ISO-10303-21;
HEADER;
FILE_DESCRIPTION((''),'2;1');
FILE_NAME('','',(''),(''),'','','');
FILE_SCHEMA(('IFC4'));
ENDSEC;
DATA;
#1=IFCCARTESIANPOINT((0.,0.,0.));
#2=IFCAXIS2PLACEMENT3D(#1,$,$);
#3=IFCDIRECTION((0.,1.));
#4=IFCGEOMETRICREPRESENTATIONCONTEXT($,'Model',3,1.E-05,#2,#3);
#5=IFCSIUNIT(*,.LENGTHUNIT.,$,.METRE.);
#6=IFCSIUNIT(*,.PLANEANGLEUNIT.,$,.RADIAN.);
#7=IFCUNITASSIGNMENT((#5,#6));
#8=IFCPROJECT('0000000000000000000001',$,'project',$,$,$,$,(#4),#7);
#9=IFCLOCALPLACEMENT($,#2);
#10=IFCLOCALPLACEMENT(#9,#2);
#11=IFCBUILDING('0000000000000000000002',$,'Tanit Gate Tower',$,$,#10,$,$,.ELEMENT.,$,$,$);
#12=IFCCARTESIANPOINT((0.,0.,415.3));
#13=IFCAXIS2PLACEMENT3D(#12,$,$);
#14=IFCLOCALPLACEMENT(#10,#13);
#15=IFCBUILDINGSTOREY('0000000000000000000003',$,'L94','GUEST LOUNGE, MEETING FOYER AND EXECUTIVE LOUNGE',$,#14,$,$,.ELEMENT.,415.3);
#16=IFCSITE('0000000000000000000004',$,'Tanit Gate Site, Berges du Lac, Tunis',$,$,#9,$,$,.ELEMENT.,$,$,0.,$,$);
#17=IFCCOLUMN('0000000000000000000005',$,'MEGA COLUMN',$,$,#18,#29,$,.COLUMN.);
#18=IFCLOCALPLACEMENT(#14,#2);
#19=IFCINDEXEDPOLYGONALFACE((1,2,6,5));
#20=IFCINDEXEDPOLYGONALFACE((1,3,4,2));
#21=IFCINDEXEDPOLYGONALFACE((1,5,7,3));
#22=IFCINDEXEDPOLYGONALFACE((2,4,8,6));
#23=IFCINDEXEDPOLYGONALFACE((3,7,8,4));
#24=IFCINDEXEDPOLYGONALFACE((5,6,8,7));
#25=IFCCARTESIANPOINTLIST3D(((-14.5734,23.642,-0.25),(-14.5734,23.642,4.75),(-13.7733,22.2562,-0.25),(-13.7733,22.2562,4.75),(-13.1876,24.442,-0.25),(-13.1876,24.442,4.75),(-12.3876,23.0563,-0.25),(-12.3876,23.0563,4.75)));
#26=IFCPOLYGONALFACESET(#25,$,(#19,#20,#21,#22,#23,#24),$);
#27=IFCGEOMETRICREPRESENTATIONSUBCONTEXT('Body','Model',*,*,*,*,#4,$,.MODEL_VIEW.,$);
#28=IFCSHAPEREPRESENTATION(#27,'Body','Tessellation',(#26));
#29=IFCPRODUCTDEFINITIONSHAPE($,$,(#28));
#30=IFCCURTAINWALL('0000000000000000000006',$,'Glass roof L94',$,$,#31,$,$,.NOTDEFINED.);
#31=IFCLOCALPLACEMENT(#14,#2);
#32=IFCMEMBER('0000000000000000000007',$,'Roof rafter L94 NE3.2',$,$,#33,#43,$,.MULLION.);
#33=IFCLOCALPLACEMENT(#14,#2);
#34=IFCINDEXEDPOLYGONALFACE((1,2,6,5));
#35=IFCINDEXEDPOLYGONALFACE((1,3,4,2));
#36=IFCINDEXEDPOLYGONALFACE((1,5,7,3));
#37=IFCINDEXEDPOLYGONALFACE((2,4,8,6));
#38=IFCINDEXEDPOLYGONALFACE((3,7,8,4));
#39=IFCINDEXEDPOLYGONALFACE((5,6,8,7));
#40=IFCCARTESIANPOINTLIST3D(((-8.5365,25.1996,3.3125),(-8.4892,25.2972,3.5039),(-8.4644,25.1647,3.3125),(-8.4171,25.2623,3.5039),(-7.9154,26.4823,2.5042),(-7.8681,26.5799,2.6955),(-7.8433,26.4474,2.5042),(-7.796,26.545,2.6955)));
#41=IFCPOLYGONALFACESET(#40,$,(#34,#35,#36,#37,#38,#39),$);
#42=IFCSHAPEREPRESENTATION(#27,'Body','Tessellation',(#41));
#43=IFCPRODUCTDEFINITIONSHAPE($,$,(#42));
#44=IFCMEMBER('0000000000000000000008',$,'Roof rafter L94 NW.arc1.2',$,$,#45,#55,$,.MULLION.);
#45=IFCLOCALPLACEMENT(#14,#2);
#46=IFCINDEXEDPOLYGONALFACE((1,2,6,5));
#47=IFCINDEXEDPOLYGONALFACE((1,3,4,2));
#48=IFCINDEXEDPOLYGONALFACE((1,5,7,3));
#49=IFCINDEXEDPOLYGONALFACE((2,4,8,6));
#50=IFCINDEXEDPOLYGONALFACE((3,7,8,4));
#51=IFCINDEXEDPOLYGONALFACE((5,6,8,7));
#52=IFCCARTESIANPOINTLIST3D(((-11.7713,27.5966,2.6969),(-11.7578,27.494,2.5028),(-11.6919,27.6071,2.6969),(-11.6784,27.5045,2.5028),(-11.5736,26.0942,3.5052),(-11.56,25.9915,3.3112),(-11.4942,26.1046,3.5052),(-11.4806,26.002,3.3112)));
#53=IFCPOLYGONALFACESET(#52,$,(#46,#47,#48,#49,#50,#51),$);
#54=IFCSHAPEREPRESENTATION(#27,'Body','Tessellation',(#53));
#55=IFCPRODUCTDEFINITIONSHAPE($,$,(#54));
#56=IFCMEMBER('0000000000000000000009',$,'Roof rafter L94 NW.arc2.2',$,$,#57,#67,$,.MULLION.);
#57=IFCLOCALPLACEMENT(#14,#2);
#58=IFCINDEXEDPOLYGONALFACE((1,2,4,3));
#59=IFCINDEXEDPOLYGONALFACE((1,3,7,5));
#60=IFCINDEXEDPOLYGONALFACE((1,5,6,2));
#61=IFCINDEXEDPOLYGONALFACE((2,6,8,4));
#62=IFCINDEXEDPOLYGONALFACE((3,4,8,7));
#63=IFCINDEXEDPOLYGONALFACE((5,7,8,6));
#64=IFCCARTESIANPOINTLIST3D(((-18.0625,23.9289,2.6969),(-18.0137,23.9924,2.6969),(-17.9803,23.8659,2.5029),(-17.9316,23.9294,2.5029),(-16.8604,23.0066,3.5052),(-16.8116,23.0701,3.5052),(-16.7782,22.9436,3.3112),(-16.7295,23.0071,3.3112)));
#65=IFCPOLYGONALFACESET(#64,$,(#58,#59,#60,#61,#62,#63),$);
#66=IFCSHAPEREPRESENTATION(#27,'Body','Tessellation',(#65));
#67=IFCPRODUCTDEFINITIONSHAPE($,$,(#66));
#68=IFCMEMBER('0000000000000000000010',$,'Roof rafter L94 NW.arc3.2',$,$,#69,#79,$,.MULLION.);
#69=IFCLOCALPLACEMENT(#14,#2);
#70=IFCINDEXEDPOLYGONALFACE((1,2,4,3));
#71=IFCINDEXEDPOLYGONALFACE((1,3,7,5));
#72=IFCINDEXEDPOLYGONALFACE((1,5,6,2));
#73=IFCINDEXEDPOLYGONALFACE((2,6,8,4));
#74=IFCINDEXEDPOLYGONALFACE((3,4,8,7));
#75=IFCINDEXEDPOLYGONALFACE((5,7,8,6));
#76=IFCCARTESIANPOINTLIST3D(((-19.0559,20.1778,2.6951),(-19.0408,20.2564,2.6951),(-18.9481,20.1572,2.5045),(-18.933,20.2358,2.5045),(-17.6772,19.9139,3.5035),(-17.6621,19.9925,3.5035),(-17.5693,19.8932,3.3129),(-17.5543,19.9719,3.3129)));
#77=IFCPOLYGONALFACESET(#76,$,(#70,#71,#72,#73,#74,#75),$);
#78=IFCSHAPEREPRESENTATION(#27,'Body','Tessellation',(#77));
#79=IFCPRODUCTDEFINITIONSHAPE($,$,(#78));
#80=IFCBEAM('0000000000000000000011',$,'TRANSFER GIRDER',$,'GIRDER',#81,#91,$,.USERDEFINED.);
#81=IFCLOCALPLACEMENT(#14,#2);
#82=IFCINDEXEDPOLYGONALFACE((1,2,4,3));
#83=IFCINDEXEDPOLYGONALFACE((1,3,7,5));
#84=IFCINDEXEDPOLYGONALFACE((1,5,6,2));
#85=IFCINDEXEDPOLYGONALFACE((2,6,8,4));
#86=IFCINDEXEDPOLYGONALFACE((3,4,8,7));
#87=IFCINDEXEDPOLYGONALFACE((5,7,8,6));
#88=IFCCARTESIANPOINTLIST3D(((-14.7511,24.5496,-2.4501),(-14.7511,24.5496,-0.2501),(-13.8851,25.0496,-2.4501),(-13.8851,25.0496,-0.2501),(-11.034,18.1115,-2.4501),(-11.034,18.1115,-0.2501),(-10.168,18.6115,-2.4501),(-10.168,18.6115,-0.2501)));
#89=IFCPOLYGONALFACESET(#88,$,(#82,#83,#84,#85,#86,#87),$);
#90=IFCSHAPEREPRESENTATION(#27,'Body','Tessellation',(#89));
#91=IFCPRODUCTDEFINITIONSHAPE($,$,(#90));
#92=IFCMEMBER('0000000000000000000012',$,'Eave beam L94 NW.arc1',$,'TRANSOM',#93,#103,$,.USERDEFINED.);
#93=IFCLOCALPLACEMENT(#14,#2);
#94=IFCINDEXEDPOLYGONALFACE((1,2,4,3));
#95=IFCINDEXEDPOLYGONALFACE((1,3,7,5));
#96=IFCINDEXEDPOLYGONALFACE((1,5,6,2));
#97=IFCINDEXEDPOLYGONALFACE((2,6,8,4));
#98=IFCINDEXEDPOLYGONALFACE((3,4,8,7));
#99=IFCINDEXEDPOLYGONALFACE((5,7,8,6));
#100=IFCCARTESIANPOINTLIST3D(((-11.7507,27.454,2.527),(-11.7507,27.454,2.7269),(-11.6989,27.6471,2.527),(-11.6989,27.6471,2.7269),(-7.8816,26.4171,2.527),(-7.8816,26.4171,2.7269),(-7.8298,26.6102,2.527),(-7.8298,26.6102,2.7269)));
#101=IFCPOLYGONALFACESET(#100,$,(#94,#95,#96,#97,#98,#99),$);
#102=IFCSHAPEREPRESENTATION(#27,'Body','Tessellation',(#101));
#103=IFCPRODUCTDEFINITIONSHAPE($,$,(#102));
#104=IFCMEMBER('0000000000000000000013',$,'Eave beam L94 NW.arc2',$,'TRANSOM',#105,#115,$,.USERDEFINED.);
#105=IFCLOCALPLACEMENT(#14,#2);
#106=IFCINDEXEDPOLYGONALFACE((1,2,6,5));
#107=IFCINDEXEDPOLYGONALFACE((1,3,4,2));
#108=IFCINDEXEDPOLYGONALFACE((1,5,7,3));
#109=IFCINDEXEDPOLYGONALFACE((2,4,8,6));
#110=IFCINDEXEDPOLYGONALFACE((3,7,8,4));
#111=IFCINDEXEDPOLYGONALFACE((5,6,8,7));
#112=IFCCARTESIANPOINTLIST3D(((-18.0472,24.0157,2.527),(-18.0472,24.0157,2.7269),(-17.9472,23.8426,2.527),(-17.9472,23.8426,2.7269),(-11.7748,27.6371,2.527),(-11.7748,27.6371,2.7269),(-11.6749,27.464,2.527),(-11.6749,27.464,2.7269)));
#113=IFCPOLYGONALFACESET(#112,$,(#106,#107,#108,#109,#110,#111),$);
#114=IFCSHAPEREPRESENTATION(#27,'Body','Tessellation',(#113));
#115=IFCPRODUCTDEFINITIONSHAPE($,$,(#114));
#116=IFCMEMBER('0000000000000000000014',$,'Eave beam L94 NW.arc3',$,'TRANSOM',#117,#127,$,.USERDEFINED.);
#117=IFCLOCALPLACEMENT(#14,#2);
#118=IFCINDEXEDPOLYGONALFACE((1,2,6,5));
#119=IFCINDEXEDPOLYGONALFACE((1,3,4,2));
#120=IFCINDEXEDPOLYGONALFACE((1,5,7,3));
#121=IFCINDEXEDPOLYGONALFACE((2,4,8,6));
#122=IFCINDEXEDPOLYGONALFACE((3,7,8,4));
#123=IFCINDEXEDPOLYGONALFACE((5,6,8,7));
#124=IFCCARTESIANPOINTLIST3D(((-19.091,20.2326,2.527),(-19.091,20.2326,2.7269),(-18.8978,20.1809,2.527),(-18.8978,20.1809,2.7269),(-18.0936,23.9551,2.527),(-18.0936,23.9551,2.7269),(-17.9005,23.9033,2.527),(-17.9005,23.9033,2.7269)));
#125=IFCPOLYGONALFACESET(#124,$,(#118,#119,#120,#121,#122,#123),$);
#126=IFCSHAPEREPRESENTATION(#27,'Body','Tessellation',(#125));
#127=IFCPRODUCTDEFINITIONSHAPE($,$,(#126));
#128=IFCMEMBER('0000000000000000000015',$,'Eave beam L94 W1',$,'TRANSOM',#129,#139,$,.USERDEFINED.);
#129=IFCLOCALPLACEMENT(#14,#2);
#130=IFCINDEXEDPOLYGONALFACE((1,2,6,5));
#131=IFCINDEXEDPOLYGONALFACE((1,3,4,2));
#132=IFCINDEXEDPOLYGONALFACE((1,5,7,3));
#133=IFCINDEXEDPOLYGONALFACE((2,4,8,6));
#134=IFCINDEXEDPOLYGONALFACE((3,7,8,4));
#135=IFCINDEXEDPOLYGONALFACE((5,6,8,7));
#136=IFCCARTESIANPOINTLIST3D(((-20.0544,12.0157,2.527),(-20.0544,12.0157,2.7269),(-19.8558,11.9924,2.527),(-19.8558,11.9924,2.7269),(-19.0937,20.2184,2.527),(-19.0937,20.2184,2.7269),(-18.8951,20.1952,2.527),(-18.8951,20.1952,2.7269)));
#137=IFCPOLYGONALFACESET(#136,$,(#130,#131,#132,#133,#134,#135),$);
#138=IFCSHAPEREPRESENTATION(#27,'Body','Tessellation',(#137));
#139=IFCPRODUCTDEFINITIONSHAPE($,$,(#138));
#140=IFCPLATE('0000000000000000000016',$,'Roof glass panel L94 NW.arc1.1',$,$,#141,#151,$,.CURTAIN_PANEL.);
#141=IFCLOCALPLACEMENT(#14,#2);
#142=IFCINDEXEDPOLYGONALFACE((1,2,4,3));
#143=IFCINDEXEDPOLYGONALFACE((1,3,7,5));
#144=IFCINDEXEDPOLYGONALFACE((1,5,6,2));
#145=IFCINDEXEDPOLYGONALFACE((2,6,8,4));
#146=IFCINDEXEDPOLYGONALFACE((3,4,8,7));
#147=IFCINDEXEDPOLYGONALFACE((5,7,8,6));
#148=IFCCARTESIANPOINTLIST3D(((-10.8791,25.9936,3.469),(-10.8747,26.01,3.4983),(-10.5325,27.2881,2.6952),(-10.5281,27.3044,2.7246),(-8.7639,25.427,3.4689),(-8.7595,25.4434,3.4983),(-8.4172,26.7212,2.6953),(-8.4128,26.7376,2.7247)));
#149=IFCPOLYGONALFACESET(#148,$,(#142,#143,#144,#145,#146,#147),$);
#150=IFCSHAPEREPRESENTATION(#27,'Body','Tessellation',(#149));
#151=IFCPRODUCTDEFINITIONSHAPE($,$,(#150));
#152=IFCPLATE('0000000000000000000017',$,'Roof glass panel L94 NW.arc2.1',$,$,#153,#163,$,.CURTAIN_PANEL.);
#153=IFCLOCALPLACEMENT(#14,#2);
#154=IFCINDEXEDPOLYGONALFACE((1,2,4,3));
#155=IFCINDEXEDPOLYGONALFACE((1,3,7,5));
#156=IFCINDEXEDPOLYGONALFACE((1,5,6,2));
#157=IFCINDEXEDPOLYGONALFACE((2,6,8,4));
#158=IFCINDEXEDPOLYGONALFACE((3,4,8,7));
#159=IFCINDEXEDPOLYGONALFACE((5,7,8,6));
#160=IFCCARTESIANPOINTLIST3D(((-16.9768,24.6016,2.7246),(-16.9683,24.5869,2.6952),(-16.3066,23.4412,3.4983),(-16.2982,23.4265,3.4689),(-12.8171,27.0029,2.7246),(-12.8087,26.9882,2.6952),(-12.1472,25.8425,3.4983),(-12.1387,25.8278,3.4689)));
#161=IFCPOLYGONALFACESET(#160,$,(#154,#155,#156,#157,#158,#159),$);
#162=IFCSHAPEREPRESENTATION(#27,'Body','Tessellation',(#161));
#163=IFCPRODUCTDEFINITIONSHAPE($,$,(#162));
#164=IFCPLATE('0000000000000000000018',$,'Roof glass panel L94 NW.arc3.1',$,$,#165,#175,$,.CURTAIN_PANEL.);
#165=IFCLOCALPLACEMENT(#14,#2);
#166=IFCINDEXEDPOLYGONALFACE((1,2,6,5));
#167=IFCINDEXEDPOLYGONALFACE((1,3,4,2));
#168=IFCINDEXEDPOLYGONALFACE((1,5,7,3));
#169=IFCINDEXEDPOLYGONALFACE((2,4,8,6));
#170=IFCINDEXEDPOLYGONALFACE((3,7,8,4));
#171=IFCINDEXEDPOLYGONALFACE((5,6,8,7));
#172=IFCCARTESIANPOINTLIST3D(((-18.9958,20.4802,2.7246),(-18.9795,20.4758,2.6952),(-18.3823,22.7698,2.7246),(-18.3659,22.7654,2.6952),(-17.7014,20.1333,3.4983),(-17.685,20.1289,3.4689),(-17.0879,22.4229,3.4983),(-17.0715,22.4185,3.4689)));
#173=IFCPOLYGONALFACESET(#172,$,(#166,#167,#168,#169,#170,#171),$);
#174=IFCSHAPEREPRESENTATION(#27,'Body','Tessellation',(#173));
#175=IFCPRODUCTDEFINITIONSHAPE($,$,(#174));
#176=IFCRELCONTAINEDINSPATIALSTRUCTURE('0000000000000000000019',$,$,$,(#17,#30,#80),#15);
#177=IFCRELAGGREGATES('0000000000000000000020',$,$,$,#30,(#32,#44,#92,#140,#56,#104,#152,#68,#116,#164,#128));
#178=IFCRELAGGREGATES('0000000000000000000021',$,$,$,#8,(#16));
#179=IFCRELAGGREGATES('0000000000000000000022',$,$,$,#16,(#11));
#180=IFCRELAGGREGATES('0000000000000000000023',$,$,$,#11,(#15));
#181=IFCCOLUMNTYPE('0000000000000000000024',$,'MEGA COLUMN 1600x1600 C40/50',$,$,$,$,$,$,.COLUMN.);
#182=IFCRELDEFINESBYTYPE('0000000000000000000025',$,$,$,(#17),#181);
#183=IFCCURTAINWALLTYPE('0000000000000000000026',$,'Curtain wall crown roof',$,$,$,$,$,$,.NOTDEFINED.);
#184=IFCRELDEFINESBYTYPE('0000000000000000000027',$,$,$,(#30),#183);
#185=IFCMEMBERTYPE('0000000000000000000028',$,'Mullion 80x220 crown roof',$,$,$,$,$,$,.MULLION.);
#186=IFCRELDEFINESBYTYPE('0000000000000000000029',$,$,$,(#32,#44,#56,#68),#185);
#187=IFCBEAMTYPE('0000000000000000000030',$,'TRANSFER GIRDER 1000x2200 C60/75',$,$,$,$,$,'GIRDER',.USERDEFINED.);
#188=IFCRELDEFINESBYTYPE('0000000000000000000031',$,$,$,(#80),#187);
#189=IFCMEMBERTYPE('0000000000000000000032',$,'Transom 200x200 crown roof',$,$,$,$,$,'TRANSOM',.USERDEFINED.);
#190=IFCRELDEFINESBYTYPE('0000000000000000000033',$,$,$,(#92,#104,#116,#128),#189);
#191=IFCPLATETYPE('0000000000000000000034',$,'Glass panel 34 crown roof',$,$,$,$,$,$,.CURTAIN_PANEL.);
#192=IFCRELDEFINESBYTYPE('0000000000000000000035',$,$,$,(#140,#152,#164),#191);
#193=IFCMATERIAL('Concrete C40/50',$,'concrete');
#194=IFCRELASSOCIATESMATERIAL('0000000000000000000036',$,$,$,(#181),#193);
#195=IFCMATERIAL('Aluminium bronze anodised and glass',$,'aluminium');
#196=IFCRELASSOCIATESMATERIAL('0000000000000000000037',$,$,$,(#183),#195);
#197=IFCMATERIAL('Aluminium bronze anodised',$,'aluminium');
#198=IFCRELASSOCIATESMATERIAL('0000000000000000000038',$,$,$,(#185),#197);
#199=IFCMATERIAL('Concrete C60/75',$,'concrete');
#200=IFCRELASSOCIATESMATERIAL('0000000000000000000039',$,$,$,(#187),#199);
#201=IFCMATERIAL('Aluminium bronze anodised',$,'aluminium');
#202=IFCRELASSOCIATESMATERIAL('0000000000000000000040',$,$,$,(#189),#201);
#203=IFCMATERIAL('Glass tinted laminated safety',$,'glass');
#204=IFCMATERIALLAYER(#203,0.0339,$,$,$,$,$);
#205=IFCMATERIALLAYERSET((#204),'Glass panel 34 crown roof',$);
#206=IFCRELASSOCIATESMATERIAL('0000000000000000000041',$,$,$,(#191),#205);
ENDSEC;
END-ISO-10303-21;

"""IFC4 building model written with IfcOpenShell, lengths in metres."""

from ifc_helpers import new_model, si_unit, direction, frame, origin, origin_2d, place, context, subcontext, project, spatial, polyline, rectangle, outline, extrude, material, layer, layer_set, material_profile, profile_set, type_object, element, aggregate, save


model = new_model("IFC4")

# Units and contexts
model_context = context("Model", 3, precision=1e-05, world=origin(), true_north=direction((0.0, 1.0)))
body_context = subcontext(model_context, "Body", "Model", "MODEL_VIEW")
ifc_project = project(units=[si_unit("LENGTHUNIT", "METRE"), si_unit("PLANEANGLEUNIT", "RADIAN")], contexts=[model_context])

# Site, building, storey
site_placement = place(None, origin())
site = spatial("IfcSite", under=ifc_project, at=site_placement, Name="Tanit Gate Site, Berges du Lac, Tunis", CompositionType="ELEMENT", RefElevation=0.0)
building_placement = place(site_placement, origin())
building = spatial("IfcBuilding", under=site, at=building_placement, Name="Tanit Gate Tower", CompositionType="ELEMENT")
storey_placement = place(building_placement, frame((0.0, 0.0, 415.3)))
storey = spatial("IfcBuildingStorey", under=building, at=storey_placement, Name="L94", Description="GUEST LOUNGE, MEETING FOYER AND EXECUTIVE LOUNGE", CompositionType="ELEMENT", Elevation=415.3)

# Column
ifc_material_1 = material(Name="Concrete C40/50", Category="concrete")
ifc_material_profile_1 = material_profile(ifc_material_1, rectangle(XDim=1.6001, YDim=1.6001, at=origin_2d()), Name="RC 1600x1600")
ifc_profile_set_1 = profile_set([ifc_material_profile_1], Name="Concrete C40/50")
column_type = type_object("IfcColumnType", Name="MEGA COLUMN 1600x1600 C40/50", PredefinedType="COLUMN", material=ifc_profile_set_1)
column_placement = place(storey_placement, frame((-13.4805, 23.3491, -0.25), z_axis=(0.0, 0.0, 1.0), x_axis=(-0.5, 0.866025, 0.0)))
element("IfcColumn", 1, at=column_placement, inside=storey, type_object=column_type, Name="MEGA COLUMN", PredefinedType="COLUMN", context=body_context, shape_type="SweptSolid", body=[
    extrude(rectangle(XDim=1.6001, YDim=1.6001, at=origin_2d()), origin(), (0.0, 0.0, 1.0), 5.0),
])

# Curtain wall, members
ifc_material_2 = material(Name="Aluminium bronze anodised and glass", Category="aluminium")
curtain_wall_type = type_object("IfcCurtainWallType", Name="Curtain wall crown roof", PredefinedType="NOTDEFINED", material=ifc_material_2)
curtain_wall_placement = place(storey_placement, origin())
curtain_wall = element("IfcCurtainWall", 2, at=curtain_wall_placement, inside=storey, type_object=curtain_wall_type, Name="Glass roof L94", PredefinedType="NOTDEFINED")
ifc_material_3 = material(Name="Aluminium bronze anodised", Category="aluminium")
ifc_material_profile_2 = material_profile(ifc_material_3, rectangle(XDim=0.0801, YDim=0.22, at=origin_2d()), Name="80x220 bronze rafter")
ifc_profile_set_2 = profile_set([ifc_material_profile_2], Name="Aluminium bronze anodised")
member_type_1 = type_object("IfcMemberType", Name="Mullion 80x220 crown roof", PredefinedType="MULLION", material=ifc_profile_set_2)
member_1_placement = place(storey_placement, frame((-8.4768, 25.231, 3.4082), z_axis=(0.379072, 0.782879, -0.49336), x_axis=(-0.900042, 0.435803, 0.0)))
member_1 = element("IfcMember", 3, at=member_1_placement, type_object=member_type_1, Name="Roof rafter L94 NE3.2", PredefinedType="MULLION", context=body_context, shape_type="SweptSolid", body=[
    extrude(rectangle(XDim=0.0801, YDim=0.22, at=origin_2d()), origin(), (0.0, 0.0, 1.0), 1.6384),
])
member_2_placement = place(storey_placement, frame((-11.5271, 26.0481, 3.4082), z_axis=(-0.115139, 0.874775, -0.47065), x_axis=(-0.991449, -0.130496, 0.0)))
member_2 = element("IfcMember", 4, at=member_2_placement, type_object=member_type_1, Name="Roof rafter L94 NW.arc1.2", PredefinedType="MULLION", context=body_context, shape_type="SweptSolid", body=[
    extrude(rectangle(XDim=0.0801, YDim=0.22, at=origin_2d()), origin(), (0.0, 0.0, 1.0), 1.7175),
])
member_3_placement = place(storey_placement, frame((-16.7949, 23.0068, 3.4082), z_axis=(-0.699996, 0.53708, -0.470692), x_axis=(-0.608729, -0.793378, 0.0)))
member_3 = element("IfcMember", 5, at=member_3_placement, type_object=member_type_1, Name="Roof rafter L94 NW.arc2.2", PredefinedType="MULLION", context=body_context, shape_type="SweptSolid", body=[
    extrude(rectangle(XDim=0.0801, YDim=0.22, at=origin_2d()), origin(), (0.0, 0.0, 1.0), 1.7173),
])
member_4_placement = place(storey_placement, frame((-17.6157, 19.9429, 3.4082), z_axis=(-0.851125, 0.16293, -0.499039), x_axis=(-0.188015, -0.982166, 0.0)))
member_4 = element("IfcMember", 6, at=member_4_placement, type_object=member_type_1, Name="Roof rafter L94 NW.arc3.2", PredefinedType="MULLION", context=body_context, shape_type="SweptSolid", body=[
    extrude(rectangle(XDim=0.0801, YDim=0.22, at=origin_2d()), origin(), (0.0, 0.0, 1.0), 1.6199),
])

# Beam
ifc_material_4 = material(Name="Concrete C60/75", Category="concrete")
ifc_material_profile_3 = material_profile(ifc_material_4, rectangle(XDim=1.0, YDim=2.2, at=origin_2d()), Name="RC 1000x2200")
ifc_profile_set_3 = profile_set([ifc_material_profile_3], Name="Concrete C60/75")
beam_type = type_object("IfcBeamType", Name="TRANSFER GIRDER 1000x2200 C60/75", ElementType="GIRDER", PredefinedType="USERDEFINED", material=ifc_profile_set_3)
beam_placement = place(storey_placement, frame((-14.3181, 24.7996, -1.3501), z_axis=(0.500007, -0.866022, 0.0), x_axis=(0.866022, 0.500007, 0.0)))
element("IfcBeam", 7, at=beam_placement, inside=storey, type_object=beam_type, Name="TRANSFER GIRDER", ObjectType="GIRDER", PredefinedType="USERDEFINED", context=body_context, shape_type="SweptSolid", body=[
    extrude(rectangle(XDim=1.0, YDim=2.2, at=origin_2d()), origin(), (0.0, 0.0, 1.0), 7.4341),
])

# Members
ifc_material_5 = material(Name="Aluminium bronze anodised", Category="aluminium")
ifc_material_profile_4 = material_profile(ifc_material_5, rectangle(XDim=0.2, YDim=0.2, at=origin_2d()), Name="200x200 bronze transom")
ifc_profile_set_4 = profile_set([ifc_material_profile_4], Name="Aluminium bronze anodised")
member_type_2 = type_object("IfcMemberType", Name="Transom 200x200 crown roof", ElementType="TRANSOM", PredefinedType="USERDEFINED", material=ifc_profile_set_4)
member_5_placement = place(storey_placement, frame((-7.8557, 26.5137, 2.627), z_axis=(-0.965918, 0.25885, 0.0), x_axis=(-0.25885, -0.965918, 0.0)))
member_5 = element("IfcMember", 8, at=member_5_placement, type_object=member_type_2, Name="Eave beam L94 NW.arc1", ObjectType="TRANSOM", PredefinedType="USERDEFINED", context=body_context, shape_type="SweptSolid", body=[
    extrude(rectangle(XDim=0.2, YDim=0.2, at=origin_2d()), origin(), (0.0, 0.0, 1.0), 4.0056),
])
member_6_placement = place(storey_placement, frame((-11.7249, 27.5505, 2.627), z_axis=(-0.866021, -0.500007, 0.0), x_axis=(0.500007, -0.866021, 0.0)))
member_6 = element("IfcMember", 9, at=member_6_placement, type_object=member_type_2, Name="Eave beam L94 NW.arc2", ObjectType="TRANSOM", PredefinedType="USERDEFINED", context=body_context, shape_type="SweptSolid", body=[
    extrude(rectangle(XDim=0.2, YDim=0.2, at=origin_2d()), origin(), (0.0, 0.0, 1.0), 7.2427),
])
member_7_placement = place(storey_placement, frame((-17.9971, 23.9292, 2.627), z_axis=(-0.258794, -0.965932, 0.0), x_axis=(0.965932, -0.258794, 0.0)))
member_7 = element("IfcMember", 10, at=member_7_placement, type_object=member_type_2, Name="Eave beam L94 NW.arc3", ObjectType="TRANSOM", PredefinedType="USERDEFINED", context=body_context, shape_type="SweptSolid", body=[
    extrude(rectangle(XDim=0.2, YDim=0.2, at=origin_2d()), origin(), (0.0, 0.0, 1.0), 3.8538),
])
member_8_placement = place(storey_placement, frame((-18.9944, 20.2068, 2.627), z_axis=(-0.116325, -0.993211, 0.0), x_axis=(0.993211, -0.116325, 0.0)))
member_8 = element("IfcMember", 11, at=member_8_placement, type_object=member_type_2, Name="Eave beam L94 W1", ObjectType="TRANSOM", PredefinedType="USERDEFINED", context=body_context, shape_type="SweptSolid", body=[
    extrude(rectangle(XDim=0.2, YDim=0.2, at=origin_2d()), origin(), (0.0, 0.0, 1.0), 8.2588),
])

# Plates
ifc_material_6 = material(Name="Glass tinted laminated safety", Category="glass")
ifc_layer_1 = layer(ifc_material_6, 0.0339)
ifc_layer_set_1 = layer_set([ifc_layer_1], Name="Glass panel 34 crown roof")
plate_type = type_object("IfcPlateType", Name="Glass panel 34 crown roof", PredefinedType="CURTAIN_PANEL", material=ifc_layer_set_1)
plate_1_placement = place(storey_placement, frame((-8.7595, 25.4434, 3.4983), z_axis=(0.129418, 0.482995, 0.866006), x_axis=(-0.965937, 0.258779, 0.000023)))
plate_1 = element("IfcPlate", 12, at=plate_1_placement, type_object=plate_type, Name="Roof glass panel L94 NW.arc1.1", PredefinedType="CURTAIN_PANEL", context=body_context, shape_type="SweptSolid", body=[
    extrude(outline(polyline([(0.0, 0.0), (2.1898, 0.0), (2.1899, -1.5474), (0.0, -1.5472), (0.0, 0.0)])), origin(), (0.0, 0.0, -1.0), 0.0339),
])
plate_2_placement = place(storey_placement, frame((-12.1472, 25.8425, 3.4983), z_axis=(-0.250002, 0.433043, 0.86601), x_axis=(-0.866034, -0.499985, 0.000006)))
plate_2 = element("IfcPlate", 13, at=plate_2_placement, type_object=plate_type, Name="Roof glass panel L94 NW.arc2.1", PredefinedType="CURTAIN_PANEL", context=body_context, shape_type="SweptSolid", body=[
    extrude(outline(polyline([(0.0, 0.0), (4.8029, 0.0), (4.803, -1.5473), (0.0, -1.5472), (0.0, 0.0)])), origin(), (0.0, 0.0, -1.0), 0.0339),
])
plate_3_placement = place(storey_placement, frame((-17.0879, 22.4229, 3.4983), z_axis=(-0.482944, 0.129413, 0.866035), x_axis=(-0.258836, -0.965921, 0.0)))
plate_3 = element("IfcPlate", 14, at=plate_3_placement, type_object=plate_type, Name="Roof glass panel L94 NW.arc3.1", PredefinedType="CURTAIN_PANEL", context=body_context, shape_type="SweptSolid", body=[
    extrude(outline(polyline([(0.0, 0.0), (2.3703, 0.0), (2.3703, -1.5474), (-0.0001, -1.5474), (0.0, 0.0)])), origin(), (0.0, 0.0, -1.0), 0.0339),
])
aggregate(curtain_wall, [member_1, member_2, member_5, plate_1, member_3, member_6, plate_2, member_4, member_7, plate_3, member_8])

save(model, "model.ifc")
